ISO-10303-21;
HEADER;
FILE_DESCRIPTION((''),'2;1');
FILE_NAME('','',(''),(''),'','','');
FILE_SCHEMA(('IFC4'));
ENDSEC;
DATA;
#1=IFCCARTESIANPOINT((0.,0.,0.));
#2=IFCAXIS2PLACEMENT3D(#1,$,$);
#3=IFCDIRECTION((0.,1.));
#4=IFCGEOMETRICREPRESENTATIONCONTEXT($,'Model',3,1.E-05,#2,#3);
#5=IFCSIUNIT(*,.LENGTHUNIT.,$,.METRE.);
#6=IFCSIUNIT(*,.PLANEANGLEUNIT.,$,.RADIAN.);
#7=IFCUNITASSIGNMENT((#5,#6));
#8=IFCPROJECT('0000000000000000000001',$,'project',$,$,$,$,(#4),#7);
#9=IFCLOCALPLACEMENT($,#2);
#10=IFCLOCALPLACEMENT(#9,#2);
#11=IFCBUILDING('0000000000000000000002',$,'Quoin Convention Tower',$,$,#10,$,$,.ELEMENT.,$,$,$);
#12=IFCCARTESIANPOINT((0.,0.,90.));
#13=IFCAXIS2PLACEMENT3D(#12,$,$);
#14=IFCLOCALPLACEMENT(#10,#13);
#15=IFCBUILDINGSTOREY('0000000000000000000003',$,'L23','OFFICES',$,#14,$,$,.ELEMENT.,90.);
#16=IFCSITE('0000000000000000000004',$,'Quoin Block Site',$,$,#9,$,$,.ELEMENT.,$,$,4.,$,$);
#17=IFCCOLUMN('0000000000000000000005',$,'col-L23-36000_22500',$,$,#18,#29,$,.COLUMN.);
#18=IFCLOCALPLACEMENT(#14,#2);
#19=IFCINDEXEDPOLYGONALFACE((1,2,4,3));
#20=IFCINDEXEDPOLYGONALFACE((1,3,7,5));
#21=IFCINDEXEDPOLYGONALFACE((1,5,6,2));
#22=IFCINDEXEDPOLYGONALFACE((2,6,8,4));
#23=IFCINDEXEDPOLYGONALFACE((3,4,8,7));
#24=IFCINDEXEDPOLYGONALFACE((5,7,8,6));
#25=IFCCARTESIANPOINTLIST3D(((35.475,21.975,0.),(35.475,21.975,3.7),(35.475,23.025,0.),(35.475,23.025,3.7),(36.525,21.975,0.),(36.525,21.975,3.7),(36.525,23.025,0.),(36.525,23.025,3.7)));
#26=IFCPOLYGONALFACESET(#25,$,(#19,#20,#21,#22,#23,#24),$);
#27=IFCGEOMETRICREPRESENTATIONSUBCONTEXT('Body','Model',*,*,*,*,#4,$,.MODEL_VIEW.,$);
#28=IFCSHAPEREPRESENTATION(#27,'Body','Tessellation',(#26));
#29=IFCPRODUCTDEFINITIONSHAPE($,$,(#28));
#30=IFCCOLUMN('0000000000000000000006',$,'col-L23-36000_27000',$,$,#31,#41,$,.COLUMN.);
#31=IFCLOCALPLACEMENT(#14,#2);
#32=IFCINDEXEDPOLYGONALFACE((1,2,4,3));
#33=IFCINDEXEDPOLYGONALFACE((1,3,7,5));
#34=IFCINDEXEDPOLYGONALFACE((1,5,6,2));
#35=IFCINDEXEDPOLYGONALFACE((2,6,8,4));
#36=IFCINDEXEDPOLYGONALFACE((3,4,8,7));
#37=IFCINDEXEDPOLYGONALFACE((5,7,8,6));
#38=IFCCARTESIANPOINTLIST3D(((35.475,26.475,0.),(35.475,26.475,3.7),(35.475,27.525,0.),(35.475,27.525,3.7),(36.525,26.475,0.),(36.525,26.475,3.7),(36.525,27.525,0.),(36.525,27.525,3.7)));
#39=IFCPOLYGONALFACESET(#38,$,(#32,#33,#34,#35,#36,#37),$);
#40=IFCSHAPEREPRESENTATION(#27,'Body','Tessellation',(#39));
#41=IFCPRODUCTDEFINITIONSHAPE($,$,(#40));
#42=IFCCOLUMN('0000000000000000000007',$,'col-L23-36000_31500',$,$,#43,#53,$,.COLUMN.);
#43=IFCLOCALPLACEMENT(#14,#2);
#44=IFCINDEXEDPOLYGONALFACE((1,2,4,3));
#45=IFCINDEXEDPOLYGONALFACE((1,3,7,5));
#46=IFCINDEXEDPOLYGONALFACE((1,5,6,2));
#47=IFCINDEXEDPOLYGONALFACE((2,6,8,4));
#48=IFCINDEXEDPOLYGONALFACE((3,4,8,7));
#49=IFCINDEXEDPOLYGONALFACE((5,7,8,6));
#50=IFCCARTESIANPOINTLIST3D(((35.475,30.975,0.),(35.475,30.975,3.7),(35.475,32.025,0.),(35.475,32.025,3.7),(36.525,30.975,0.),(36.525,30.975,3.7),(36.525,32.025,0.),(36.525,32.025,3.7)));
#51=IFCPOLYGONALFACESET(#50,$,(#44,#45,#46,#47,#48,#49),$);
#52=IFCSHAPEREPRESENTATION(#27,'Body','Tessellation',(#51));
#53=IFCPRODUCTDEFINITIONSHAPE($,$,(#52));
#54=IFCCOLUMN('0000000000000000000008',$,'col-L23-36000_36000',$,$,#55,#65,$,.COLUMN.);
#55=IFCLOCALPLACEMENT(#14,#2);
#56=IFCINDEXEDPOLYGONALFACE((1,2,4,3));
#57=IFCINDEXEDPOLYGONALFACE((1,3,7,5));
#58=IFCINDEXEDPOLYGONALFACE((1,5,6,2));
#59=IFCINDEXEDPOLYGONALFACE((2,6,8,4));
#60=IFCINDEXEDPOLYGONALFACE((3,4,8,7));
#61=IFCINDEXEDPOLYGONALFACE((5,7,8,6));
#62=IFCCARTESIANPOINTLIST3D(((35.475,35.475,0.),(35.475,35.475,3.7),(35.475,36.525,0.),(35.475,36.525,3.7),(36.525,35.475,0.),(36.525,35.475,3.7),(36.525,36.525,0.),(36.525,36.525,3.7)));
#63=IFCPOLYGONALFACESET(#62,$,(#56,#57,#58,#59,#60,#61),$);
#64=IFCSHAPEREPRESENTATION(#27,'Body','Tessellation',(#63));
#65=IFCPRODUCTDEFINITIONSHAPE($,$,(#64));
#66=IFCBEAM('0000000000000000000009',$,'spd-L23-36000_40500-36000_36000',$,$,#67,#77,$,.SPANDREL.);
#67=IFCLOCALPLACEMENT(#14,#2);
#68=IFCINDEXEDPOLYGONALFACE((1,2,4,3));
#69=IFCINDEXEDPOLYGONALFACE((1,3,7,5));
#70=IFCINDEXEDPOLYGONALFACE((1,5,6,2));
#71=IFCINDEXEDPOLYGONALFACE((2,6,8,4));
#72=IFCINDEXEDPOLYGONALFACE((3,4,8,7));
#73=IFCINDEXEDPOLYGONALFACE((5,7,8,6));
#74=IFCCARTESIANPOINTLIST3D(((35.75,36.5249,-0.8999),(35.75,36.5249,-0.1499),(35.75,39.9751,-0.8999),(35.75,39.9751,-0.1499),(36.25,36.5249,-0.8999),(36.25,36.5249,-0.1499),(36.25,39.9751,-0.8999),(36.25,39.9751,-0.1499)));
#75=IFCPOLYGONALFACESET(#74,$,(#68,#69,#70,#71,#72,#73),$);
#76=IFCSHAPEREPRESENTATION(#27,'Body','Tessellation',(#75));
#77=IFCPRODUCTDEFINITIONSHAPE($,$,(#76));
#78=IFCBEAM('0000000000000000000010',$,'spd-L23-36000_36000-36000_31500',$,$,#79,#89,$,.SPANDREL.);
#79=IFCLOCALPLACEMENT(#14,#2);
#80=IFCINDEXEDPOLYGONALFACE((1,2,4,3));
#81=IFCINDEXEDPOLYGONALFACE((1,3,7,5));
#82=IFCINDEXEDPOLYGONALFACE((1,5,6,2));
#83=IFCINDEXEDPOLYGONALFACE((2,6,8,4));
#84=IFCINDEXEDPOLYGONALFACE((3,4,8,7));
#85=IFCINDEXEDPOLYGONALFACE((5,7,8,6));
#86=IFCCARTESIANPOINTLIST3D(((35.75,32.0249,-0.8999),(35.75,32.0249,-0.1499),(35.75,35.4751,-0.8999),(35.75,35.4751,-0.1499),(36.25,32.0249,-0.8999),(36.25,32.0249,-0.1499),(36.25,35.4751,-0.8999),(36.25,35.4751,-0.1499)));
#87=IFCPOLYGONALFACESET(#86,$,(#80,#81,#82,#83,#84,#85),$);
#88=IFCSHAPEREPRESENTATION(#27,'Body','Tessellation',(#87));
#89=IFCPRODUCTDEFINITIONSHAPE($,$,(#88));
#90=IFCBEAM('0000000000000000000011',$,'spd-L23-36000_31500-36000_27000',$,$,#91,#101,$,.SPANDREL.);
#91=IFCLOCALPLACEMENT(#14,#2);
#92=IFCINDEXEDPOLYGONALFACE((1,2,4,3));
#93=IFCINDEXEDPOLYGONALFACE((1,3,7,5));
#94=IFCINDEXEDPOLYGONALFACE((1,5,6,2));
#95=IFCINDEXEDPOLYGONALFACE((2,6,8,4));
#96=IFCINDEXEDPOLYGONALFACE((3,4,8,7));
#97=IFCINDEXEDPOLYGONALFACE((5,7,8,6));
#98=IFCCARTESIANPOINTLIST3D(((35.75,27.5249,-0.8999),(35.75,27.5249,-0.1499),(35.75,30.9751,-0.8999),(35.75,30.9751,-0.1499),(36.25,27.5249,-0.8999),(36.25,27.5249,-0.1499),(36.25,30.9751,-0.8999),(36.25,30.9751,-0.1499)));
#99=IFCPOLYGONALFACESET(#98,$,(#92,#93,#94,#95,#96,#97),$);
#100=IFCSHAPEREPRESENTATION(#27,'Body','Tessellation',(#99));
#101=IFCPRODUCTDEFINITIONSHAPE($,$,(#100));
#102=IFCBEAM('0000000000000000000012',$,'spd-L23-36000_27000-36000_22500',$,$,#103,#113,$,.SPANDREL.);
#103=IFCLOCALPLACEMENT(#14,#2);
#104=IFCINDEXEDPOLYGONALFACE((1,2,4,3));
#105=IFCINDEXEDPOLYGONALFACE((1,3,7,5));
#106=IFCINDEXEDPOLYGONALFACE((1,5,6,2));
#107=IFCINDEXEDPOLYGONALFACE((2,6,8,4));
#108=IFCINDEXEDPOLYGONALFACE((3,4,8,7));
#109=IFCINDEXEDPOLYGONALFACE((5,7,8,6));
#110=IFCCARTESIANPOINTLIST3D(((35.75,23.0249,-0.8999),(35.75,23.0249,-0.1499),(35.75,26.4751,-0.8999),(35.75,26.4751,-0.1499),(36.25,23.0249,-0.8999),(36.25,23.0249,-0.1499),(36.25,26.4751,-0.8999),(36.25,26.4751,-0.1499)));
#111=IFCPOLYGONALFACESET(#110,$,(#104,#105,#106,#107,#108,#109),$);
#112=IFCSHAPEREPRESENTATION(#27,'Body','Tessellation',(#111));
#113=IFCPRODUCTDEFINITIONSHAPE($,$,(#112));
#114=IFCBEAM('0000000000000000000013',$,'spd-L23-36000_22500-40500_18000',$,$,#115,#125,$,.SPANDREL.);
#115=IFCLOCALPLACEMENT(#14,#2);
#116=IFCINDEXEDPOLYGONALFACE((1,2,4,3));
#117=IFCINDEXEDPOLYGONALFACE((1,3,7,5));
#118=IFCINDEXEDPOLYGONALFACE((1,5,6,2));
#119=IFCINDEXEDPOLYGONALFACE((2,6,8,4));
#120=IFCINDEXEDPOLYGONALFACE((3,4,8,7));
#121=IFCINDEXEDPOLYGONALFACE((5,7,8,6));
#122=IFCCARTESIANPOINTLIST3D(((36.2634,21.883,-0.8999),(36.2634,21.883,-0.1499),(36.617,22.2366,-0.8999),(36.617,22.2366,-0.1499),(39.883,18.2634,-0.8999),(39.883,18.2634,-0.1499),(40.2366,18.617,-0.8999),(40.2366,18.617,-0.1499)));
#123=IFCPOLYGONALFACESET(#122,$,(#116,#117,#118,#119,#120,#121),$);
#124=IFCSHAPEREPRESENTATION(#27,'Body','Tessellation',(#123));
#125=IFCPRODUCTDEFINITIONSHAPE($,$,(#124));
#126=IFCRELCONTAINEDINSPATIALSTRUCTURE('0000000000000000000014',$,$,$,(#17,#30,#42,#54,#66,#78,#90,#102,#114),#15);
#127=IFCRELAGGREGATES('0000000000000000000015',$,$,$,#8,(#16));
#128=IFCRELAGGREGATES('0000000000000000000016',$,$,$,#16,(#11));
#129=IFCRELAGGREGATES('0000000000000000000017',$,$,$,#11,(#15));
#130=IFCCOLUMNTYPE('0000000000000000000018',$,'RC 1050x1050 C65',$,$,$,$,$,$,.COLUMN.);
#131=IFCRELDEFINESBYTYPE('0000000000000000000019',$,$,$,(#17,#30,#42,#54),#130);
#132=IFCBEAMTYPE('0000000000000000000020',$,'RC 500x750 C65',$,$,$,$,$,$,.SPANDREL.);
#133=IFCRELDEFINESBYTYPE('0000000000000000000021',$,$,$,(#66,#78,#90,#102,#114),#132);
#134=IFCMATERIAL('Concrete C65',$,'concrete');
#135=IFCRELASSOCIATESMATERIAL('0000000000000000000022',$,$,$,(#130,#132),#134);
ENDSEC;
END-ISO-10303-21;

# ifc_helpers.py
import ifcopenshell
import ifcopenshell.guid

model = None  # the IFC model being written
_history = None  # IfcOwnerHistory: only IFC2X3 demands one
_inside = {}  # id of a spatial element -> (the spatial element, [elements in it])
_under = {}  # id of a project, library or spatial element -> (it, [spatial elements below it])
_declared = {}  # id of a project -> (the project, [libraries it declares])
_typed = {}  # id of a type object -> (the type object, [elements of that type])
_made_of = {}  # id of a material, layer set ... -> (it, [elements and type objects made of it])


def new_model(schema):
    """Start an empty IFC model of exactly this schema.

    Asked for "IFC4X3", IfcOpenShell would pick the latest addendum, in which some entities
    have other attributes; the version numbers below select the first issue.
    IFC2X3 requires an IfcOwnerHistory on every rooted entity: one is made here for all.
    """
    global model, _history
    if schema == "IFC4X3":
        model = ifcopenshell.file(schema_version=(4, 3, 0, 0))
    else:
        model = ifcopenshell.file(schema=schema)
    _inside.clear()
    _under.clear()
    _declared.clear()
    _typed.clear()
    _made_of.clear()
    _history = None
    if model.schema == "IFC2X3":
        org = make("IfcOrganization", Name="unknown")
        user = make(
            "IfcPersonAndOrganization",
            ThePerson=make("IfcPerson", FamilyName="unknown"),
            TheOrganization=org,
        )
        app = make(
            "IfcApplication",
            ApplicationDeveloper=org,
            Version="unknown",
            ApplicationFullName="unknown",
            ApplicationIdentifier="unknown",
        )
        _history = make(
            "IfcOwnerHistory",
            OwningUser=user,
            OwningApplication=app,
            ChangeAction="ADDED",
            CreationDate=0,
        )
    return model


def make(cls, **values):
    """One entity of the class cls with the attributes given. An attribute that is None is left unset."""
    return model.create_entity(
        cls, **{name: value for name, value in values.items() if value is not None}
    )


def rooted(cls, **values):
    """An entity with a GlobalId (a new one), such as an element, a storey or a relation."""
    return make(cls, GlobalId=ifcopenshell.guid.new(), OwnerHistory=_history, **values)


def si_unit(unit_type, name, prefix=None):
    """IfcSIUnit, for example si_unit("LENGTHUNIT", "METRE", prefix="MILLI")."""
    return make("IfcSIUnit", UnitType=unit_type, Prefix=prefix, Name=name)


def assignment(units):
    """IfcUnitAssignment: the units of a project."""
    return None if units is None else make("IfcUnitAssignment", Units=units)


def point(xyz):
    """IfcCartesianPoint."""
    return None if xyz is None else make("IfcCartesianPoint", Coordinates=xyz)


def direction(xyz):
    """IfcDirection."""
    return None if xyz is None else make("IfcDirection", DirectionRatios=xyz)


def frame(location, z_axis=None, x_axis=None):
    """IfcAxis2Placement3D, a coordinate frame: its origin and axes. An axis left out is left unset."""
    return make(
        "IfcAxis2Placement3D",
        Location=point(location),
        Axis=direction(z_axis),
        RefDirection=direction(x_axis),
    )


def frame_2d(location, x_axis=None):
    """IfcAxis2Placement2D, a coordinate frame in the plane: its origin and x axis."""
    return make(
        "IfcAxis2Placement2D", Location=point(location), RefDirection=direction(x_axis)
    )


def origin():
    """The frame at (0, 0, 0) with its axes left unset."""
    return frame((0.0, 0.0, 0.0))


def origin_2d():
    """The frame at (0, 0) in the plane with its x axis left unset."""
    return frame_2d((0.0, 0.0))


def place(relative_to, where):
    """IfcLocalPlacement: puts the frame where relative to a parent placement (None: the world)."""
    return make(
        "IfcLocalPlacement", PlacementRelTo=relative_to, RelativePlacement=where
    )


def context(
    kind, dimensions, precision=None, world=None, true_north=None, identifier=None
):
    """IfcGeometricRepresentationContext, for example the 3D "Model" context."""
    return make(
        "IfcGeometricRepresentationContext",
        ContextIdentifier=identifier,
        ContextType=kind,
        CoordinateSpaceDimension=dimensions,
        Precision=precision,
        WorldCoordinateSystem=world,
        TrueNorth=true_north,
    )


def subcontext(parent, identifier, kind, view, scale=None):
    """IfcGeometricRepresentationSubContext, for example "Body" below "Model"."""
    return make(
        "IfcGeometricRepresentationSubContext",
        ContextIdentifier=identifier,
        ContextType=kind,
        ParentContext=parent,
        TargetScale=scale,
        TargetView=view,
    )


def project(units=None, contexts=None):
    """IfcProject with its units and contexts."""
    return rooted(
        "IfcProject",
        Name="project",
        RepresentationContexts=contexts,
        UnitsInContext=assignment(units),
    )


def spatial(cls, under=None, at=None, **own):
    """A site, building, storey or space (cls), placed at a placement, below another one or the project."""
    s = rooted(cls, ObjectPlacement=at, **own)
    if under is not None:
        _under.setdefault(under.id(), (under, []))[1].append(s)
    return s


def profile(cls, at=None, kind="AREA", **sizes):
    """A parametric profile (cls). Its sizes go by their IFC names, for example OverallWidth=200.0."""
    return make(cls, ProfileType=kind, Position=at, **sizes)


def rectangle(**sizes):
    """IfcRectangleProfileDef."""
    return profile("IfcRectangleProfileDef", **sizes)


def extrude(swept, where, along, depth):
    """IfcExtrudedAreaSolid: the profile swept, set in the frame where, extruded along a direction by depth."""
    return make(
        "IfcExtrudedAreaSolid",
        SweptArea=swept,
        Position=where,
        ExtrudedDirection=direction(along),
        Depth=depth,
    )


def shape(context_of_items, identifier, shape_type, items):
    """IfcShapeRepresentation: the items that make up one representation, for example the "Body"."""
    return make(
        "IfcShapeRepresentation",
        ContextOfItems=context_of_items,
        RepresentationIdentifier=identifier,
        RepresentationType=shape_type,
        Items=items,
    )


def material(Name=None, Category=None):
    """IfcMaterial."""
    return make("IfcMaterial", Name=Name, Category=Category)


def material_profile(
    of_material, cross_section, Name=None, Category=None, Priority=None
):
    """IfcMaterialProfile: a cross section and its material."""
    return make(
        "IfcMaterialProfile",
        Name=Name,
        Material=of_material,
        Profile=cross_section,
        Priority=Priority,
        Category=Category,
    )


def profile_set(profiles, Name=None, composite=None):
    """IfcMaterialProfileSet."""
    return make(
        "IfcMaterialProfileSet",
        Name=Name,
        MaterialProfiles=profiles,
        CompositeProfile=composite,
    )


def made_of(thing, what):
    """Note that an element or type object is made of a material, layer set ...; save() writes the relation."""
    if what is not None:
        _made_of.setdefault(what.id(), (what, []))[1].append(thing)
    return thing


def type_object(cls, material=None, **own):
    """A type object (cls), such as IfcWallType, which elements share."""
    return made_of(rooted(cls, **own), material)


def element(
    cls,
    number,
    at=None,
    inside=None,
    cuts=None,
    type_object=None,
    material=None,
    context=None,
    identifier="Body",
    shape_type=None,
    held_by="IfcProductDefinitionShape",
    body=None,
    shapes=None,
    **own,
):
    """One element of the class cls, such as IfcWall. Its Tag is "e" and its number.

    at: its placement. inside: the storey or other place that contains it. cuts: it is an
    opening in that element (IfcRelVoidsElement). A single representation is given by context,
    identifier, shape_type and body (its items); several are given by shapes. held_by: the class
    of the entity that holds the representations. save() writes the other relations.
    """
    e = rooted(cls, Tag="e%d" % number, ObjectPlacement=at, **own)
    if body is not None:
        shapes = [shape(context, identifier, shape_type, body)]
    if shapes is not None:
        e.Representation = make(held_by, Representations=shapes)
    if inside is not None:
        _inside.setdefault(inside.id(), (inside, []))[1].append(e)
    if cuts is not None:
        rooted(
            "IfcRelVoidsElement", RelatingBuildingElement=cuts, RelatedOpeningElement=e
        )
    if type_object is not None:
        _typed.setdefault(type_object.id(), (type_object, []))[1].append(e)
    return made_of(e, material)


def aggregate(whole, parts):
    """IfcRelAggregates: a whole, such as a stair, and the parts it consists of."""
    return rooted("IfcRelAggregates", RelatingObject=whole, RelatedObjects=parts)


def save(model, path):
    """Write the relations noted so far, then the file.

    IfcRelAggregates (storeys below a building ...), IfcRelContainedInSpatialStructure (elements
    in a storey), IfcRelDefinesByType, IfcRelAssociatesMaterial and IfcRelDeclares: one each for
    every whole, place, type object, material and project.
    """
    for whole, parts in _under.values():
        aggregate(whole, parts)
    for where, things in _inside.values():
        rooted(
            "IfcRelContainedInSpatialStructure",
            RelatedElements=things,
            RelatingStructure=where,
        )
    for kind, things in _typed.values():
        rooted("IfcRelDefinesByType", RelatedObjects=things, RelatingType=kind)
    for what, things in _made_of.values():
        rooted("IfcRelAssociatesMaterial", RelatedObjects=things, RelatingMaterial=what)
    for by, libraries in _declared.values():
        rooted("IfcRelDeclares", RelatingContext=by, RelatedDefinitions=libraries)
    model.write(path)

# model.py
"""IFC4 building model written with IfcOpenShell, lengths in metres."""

from ifc_helpers import new_model, si_unit, direction, frame, origin, origin_2d, place, context, subcontext, project, spatial, rectangle, extrude, material, material_profile, profile_set, type_object, element, save


model = new_model("IFC4")

# Units and contexts
model_context = context("Model", 3, precision=1e-05, world=origin(), true_north=direction((0.0, 1.0)))
body_context = subcontext(model_context, "Body", "Model", "MODEL_VIEW")
ifc_project = project(units=[si_unit("LENGTHUNIT", "METRE"), si_unit("PLANEANGLEUNIT", "RADIAN")], contexts=[model_context])

# Site, building, storey
site_placement = place(None, origin())
site = spatial("IfcSite", under=ifc_project, at=site_placement, Name="Quoin Block Site", CompositionType="ELEMENT", RefElevation=4.0)
building_placement = place(site_placement, origin())
building = spatial("IfcBuilding", under=site, at=building_placement, Name="Quoin Convention Tower", CompositionType="ELEMENT")
storey_placement = place(building_placement, frame((0.0, 0.0, 90.0)))
storey = spatial("IfcBuildingStorey", under=building, at=storey_placement, Name="L23", Description="OFFICES", CompositionType="ELEMENT", Elevation=90.0)

# Columns
ifc_material_1 = material(Name="Concrete C65", Category="concrete")
ifc_material_profile_1 = material_profile(ifc_material_1, rectangle(XDim=1.05, YDim=1.05, at=origin_2d()), Name="RC 1050x1050")
ifc_profile_set_1 = profile_set([ifc_material_profile_1], Name="Concrete C65")
column_type = type_object("IfcColumnType", Name="RC 1050x1050 C65", PredefinedType="COLUMN", material=ifc_profile_set_1)
for number, where, z_axis, x_axis, name in (
    (1, (36.0, 22.5, 0.0), (0.0, 0.0, 1.0), (1.0, 0.0, 0.0), "col-L23-36000_22500"),
    (2, (36.0, 27.0, 0.0), (0.0, 0.0, 1.0), (1.0, 0.0, 0.0), "col-L23-36000_27000"),
    (3, (36.0, 31.5, 0.0), (0.0, 0.0, 1.0), (1.0, 0.0, 0.0), "col-L23-36000_31500"),
    (4, (36.0, 36.0, 0.0), (0.0, 0.0, 1.0), (1.0, 0.0, 0.0), "col-L23-36000_36000"),
):
    element("IfcColumn", number, at=place(storey_placement, frame(where, z_axis=z_axis, x_axis=x_axis)), inside=storey, type_object=column_type, Name=name, PredefinedType="COLUMN", context=body_context, shape_type="SweptSolid", body=[
        extrude(rectangle(XDim=1.05, YDim=1.05, at=origin_2d()), origin(), (0.0, 0.0, 1.0), 3.7),
    ])

# Beams
ifc_material_profile_2 = material_profile(ifc_material_1, rectangle(XDim=0.5, YDim=0.75, at=origin_2d()), Name="RC 500x750")
ifc_profile_set_2 = profile_set([ifc_material_profile_2], Name="Concrete C65")
beam_type = type_object("IfcBeamType", Name="RC 500x750 C65", PredefinedType="SPANDREL", material=ifc_profile_set_2)
for number, where, z_axis, x_axis, name in (
    (5, (36.0, 39.9751, -0.5249), (0.0, -1.0, 0.0), (1.0, 0.0, 0.0), "spd-L23-36000_40500-36000_36000"),
    (6, (36.0, 35.4751, -0.5249), (0.0, -1.0, 0.0), (1.0, 0.0, 0.0), "spd-L23-36000_36000-36000_31500"),
    (7, (36.0, 30.9751, -0.5249), (0.0, -1.0, 0.0), (1.0, 0.0, 0.0), "spd-L23-36000_31500-36000_27000"),
    (8, (36.0, 26.4751, -0.5249), (0.0, -1.0, 0.0), (1.0, 0.0, 0.0), "spd-L23-36000_27000-36000_22500"),
):
    element("IfcBeam", number, at=place(storey_placement, frame(where, z_axis=z_axis, x_axis=x_axis)), inside=storey, type_object=beam_type, Name=name, PredefinedType="SPANDREL", context=body_context, shape_type="SweptSolid", body=[
        extrude(rectangle(XDim=0.5, YDim=0.75, at=origin_2d()), origin(), (0.0, 0.0, 1.0), 3.4502),
    ])
beam_placement = place(storey_placement, frame((36.4402, 22.0598, -0.5249), z_axis=(0.707107, -0.707107, 0.0), x_axis=(0.707107, 0.707107, 0.0)))
element("IfcBeam", 9, at=beam_placement, inside=storey, type_object=beam_type, Name="spd-L23-36000_22500-40500_18000", PredefinedType="SPANDREL", context=body_context, shape_type="SweptSolid", body=[
    extrude(rectangle(XDim=0.5, YDim=0.75, at=origin_2d()), origin(), (0.0, 0.0, 1.0), 5.1189),
])

save(model, "model.ifc")
